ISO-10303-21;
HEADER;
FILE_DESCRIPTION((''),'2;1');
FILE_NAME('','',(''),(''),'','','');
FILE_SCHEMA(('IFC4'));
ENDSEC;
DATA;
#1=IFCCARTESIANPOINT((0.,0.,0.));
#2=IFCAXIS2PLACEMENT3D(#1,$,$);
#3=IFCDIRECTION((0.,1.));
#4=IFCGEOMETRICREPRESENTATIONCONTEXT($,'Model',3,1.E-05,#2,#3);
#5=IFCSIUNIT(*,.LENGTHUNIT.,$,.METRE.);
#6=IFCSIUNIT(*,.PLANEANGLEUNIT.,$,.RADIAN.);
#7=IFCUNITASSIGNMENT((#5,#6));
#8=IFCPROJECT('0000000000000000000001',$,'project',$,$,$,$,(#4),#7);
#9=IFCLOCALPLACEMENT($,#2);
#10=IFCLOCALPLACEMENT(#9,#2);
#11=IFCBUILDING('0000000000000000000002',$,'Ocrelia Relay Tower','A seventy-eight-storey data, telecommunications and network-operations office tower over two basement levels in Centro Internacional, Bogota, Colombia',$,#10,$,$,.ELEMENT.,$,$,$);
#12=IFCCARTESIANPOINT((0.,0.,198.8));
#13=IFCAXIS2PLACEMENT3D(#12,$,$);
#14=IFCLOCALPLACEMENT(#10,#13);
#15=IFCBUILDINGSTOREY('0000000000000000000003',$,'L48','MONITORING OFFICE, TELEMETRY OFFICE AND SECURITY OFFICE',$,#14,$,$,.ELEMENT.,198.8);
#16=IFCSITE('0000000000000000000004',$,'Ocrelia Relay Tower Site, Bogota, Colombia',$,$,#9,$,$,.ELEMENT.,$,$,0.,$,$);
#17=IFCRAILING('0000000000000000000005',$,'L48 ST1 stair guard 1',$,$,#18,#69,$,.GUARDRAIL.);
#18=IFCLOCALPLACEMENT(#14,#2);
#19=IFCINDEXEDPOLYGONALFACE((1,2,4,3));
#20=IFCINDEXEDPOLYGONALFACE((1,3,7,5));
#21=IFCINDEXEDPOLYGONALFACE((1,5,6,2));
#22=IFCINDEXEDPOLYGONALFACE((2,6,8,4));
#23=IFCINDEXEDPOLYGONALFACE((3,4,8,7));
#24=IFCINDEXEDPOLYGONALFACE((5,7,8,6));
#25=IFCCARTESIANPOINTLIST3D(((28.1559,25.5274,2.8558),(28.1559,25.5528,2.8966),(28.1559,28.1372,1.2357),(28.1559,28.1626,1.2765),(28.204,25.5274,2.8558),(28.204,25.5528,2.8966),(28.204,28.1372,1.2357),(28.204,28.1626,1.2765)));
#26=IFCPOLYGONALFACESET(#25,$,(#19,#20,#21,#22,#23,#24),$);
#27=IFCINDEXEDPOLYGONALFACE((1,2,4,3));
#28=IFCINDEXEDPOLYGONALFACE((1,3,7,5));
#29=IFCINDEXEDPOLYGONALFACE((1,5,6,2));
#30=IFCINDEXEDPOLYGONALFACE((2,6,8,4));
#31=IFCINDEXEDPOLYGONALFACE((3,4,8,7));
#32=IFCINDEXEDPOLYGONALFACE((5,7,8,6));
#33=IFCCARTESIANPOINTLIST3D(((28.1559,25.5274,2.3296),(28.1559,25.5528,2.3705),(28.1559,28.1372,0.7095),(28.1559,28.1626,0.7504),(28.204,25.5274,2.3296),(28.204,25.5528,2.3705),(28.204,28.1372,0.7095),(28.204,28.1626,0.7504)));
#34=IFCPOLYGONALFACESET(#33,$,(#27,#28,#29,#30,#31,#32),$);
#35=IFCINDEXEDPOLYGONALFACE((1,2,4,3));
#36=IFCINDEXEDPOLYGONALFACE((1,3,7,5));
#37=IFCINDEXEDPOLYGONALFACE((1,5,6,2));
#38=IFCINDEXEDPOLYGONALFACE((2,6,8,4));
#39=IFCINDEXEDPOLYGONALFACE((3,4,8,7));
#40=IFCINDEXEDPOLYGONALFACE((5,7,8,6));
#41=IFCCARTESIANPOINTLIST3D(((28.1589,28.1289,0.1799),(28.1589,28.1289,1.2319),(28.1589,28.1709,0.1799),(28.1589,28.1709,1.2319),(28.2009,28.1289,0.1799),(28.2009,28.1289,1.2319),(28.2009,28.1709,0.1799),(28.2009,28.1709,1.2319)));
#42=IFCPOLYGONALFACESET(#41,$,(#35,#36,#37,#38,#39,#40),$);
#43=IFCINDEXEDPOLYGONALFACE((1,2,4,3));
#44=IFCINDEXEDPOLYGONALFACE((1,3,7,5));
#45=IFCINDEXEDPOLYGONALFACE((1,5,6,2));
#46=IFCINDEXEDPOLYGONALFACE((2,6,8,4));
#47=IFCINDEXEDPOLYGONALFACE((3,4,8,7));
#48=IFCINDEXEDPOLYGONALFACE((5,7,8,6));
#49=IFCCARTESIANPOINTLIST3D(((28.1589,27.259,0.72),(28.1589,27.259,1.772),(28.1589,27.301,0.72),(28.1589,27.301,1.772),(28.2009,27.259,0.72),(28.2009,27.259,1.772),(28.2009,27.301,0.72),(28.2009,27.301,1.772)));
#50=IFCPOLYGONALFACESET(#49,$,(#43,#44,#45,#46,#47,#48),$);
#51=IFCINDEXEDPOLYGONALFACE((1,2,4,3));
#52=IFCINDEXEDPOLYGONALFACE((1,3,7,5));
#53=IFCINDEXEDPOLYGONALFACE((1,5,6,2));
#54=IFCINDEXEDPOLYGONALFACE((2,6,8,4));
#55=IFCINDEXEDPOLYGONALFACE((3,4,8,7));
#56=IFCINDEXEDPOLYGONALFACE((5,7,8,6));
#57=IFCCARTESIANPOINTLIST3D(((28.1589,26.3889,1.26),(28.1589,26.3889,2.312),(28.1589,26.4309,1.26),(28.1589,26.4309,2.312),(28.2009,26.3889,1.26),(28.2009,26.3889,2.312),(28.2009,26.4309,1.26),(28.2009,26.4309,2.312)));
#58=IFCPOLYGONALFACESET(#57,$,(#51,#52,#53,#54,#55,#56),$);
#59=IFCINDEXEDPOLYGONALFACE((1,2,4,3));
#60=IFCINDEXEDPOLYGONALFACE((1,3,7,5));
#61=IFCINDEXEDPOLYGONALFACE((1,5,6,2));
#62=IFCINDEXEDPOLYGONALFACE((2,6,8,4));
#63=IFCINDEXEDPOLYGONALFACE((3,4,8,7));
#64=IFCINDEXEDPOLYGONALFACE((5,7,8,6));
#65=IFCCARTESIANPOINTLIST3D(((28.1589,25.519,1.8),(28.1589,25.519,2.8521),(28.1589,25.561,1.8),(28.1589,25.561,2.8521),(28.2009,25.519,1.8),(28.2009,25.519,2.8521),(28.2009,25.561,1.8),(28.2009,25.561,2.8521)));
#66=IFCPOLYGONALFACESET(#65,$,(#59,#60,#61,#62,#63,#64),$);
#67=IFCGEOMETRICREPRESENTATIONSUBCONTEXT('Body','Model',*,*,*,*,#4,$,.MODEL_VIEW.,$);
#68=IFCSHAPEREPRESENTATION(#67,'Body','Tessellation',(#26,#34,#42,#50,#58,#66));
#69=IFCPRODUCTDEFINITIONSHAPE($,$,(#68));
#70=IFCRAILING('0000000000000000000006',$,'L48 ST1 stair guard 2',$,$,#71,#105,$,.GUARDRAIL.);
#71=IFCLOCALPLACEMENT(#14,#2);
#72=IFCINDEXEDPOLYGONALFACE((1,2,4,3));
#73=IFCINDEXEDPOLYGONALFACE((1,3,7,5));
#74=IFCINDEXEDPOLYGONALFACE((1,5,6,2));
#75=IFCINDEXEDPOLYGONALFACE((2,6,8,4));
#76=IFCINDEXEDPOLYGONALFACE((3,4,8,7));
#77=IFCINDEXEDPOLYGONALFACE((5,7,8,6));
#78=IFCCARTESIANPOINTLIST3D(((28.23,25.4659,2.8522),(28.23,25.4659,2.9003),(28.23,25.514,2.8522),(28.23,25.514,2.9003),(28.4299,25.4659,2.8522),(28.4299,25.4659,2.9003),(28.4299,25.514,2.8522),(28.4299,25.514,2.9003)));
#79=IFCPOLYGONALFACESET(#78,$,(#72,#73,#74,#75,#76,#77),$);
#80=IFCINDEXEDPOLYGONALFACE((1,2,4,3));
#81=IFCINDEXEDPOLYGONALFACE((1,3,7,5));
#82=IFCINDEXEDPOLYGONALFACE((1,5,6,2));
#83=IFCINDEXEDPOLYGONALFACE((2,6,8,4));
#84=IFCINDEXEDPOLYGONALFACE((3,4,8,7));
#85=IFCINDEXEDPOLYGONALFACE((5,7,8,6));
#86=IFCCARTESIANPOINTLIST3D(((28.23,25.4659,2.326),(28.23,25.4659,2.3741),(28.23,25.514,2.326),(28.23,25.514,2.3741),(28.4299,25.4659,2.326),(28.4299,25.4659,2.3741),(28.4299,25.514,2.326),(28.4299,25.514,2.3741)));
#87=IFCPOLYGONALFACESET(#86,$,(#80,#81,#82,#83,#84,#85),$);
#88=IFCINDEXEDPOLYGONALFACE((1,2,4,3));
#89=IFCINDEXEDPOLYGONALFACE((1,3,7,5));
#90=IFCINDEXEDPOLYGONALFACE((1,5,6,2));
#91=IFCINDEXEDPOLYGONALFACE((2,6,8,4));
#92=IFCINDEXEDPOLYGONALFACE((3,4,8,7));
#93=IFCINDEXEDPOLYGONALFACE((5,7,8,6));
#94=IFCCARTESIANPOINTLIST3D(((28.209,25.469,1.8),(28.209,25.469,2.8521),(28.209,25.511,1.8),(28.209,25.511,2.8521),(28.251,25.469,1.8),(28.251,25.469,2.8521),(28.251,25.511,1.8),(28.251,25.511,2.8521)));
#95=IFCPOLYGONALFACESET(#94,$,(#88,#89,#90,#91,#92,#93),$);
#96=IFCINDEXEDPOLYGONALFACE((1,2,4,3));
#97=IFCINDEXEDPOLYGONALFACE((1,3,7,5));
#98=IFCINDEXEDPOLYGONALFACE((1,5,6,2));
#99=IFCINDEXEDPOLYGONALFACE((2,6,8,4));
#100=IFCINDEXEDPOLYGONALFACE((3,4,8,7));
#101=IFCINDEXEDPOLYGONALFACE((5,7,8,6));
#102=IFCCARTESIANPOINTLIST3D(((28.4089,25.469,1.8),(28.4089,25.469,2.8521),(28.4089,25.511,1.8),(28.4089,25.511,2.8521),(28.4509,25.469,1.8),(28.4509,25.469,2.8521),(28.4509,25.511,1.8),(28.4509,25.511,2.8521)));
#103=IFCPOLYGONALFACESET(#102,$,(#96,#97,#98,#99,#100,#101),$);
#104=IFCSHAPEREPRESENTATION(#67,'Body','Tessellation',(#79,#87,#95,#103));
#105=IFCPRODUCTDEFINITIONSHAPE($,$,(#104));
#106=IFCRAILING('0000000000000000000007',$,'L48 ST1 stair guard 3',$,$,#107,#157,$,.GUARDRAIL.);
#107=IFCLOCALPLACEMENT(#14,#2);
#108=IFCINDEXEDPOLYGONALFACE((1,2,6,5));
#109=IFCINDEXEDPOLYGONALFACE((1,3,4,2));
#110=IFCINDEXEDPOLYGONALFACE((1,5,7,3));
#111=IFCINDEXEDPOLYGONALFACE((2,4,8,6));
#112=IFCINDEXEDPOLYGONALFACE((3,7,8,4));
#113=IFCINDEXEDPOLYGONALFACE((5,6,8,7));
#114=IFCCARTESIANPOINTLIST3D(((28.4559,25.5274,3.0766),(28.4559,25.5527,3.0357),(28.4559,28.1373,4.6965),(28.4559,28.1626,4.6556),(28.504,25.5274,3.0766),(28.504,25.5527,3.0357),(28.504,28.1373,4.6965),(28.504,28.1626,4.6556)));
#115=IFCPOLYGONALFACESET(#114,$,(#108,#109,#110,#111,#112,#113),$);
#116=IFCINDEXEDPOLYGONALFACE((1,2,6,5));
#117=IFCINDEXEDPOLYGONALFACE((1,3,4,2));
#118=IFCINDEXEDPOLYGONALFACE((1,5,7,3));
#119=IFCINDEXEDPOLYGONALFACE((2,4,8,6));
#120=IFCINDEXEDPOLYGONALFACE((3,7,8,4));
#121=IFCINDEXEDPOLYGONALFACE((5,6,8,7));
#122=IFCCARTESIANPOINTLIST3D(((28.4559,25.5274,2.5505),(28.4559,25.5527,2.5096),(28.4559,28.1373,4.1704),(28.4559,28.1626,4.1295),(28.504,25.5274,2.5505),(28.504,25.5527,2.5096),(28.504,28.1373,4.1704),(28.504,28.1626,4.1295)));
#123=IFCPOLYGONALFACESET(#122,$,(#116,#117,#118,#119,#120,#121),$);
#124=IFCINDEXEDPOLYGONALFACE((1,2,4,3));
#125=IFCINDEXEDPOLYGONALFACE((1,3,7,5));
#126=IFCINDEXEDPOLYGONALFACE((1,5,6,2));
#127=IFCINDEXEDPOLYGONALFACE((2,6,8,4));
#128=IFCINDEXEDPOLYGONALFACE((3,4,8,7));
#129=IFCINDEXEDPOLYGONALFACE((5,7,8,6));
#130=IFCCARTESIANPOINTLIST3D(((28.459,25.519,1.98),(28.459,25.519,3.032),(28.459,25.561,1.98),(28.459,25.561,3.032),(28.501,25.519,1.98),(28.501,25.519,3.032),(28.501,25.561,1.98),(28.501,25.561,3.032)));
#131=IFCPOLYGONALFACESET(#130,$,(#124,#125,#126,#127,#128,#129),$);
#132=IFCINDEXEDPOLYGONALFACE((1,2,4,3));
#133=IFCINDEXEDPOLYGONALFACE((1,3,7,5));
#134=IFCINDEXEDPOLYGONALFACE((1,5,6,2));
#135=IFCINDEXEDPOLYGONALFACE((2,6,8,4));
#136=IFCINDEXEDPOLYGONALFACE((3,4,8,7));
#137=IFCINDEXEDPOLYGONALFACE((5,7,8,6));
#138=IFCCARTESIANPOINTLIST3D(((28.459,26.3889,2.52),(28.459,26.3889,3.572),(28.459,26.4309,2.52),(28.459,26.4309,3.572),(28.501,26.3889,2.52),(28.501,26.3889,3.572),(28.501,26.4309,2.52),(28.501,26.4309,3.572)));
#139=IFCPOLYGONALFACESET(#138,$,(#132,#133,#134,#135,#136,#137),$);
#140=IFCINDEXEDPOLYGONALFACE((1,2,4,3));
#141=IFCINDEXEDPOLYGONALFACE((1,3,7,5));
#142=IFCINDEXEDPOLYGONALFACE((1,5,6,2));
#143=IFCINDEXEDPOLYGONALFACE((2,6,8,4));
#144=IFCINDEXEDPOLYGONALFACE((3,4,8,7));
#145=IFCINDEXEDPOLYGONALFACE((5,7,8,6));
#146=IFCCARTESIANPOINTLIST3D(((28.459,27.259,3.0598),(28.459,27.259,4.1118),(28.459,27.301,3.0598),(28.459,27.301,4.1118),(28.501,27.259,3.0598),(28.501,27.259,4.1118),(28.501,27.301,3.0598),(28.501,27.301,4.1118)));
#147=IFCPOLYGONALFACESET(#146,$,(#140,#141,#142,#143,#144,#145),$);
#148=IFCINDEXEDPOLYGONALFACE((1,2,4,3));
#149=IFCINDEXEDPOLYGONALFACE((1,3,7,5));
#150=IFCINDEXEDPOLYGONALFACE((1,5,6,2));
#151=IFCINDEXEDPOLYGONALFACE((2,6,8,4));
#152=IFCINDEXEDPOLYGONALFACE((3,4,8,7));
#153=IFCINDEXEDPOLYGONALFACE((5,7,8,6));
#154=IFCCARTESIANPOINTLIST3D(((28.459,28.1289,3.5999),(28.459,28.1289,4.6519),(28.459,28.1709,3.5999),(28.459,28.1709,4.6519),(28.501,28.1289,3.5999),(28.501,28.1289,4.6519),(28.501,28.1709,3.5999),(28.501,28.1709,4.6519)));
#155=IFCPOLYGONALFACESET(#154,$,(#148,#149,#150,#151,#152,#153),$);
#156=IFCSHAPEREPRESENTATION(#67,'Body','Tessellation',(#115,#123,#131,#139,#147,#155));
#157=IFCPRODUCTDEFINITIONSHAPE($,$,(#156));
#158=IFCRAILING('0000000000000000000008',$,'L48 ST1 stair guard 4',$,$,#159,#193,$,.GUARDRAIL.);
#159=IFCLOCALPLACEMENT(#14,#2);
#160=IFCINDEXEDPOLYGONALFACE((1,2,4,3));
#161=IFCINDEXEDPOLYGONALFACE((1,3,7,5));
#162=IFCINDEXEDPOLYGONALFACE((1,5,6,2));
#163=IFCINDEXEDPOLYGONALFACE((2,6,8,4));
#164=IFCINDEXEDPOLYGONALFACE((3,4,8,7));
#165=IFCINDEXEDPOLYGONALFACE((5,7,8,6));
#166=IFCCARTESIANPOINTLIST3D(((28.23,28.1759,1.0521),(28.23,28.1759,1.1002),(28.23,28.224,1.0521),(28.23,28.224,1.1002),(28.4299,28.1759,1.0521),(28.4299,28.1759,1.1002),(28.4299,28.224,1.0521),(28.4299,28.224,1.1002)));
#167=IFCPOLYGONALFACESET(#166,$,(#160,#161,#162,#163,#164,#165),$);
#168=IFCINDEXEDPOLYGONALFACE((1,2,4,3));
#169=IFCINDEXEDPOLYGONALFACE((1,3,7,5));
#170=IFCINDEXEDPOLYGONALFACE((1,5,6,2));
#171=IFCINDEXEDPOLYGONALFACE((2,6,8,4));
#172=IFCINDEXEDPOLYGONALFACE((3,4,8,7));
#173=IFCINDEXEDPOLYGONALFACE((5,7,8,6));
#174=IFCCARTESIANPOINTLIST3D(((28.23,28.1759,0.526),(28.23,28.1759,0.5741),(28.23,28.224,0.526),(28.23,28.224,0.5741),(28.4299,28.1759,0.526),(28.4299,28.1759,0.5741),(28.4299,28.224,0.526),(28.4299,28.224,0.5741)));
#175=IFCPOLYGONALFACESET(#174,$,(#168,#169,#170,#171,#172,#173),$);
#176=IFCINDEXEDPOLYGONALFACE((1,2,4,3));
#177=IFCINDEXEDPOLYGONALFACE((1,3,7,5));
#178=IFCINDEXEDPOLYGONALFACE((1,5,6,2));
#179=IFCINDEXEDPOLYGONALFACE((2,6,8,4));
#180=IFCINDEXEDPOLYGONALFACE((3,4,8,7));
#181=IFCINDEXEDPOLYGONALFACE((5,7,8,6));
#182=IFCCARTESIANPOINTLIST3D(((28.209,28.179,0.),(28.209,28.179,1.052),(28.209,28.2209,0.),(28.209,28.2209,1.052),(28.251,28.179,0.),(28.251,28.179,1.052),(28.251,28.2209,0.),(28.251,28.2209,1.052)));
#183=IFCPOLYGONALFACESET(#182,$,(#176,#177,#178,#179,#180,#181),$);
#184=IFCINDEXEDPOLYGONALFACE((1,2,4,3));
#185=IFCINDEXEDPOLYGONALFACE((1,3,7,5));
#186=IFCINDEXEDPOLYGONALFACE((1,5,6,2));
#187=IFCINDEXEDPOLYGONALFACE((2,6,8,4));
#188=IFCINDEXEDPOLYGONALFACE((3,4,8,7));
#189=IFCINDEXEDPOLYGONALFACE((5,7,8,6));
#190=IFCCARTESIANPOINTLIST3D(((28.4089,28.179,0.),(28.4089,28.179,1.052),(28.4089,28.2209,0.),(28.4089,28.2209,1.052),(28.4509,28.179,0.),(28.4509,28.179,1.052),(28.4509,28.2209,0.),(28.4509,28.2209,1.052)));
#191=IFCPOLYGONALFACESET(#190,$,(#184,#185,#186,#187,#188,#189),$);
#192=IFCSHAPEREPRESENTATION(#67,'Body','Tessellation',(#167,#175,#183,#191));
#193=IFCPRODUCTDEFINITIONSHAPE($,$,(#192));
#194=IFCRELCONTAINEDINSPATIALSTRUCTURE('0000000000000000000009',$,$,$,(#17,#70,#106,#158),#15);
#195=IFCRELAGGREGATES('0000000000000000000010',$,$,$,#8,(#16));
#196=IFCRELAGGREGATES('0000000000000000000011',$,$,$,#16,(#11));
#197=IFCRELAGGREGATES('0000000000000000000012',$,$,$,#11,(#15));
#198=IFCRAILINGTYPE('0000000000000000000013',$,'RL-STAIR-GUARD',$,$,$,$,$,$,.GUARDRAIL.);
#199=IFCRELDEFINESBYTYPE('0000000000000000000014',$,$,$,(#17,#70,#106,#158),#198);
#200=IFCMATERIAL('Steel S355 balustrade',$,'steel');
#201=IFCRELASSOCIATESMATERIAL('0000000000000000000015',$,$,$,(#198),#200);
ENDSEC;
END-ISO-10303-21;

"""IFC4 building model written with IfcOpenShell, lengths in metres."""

from ifc_helpers import new_model, si_unit, direction, frame, origin, origin_2d, place, context, subcontext, project, spatial, rectangle, extrude, material, type_object, element, save


model = new_model("IFC4")

# Units and contexts
model_context = context("Model", 3, precision=1e-05, world=origin(), true_north=direction((0.0, 1.0)))
body_context = subcontext(model_context, "Body", "Model", "MODEL_VIEW")
ifc_project = project(units=[si_unit("LENGTHUNIT", "METRE"), si_unit("PLANEANGLEUNIT", "RADIAN")], contexts=[model_context])

# Site, building, storey
site_placement = place(None, origin())
site = spatial("IfcSite", under=ifc_project, at=site_placement, Name="Ocrelia Relay Tower Site, Bogota, Colombia", CompositionType="ELEMENT", RefElevation=0.0)
building_placement = place(site_placement, origin())
building = spatial("IfcBuilding", under=site, at=building_placement, Name="Ocrelia Relay Tower", Description="A seventy-eight-storey data, telecommunications and network-operations office tower over two basement levels in Centro Internacional, Bogota, Colombia", CompositionType="ELEMENT")
storey_placement = place(building_placement, frame((0.0, 0.0, 198.8)))
storey = spatial("IfcBuildingStorey", under=building, at=storey_placement, Name="L48", Description="MONITORING OFFICE, TELEMETRY OFFICE AND SECURITY OFFICE", CompositionType="ELEMENT", Elevation=198.8)

# Railings
ifc_material_1 = material(Name="Steel S355 balustrade", Category="steel")
railing_type_1 = type_object("IfcRailingType", Name="RL-STAIR-GUARD", PredefinedType="GUARDRAIL", material=ifc_material_1)
railing_1_placement = place(storey_placement, frame((28.1799, 28.1499, 0.1799)))
element("IfcRailing", 1, at=railing_1_placement, inside=storey, type_object=railing_type_1, Name="L48 ST1 stair guard 1", PredefinedType="GUARDRAIL", context=body_context, shape_type="SweptSolid", body=[
    extrude(rectangle(XDim=0.0481, YDim=0.0481, at=origin_2d()), frame((0.0, 0.0, 1.0762), z_axis=(0.0, -0.849611, 0.52741), x_axis=(1.0, 0.0, 0.0)), (0.0, 0.0, 1.0), 3.0718),
    extrude(rectangle(XDim=0.0481, YDim=0.0481, at=origin_2d()), frame((0.0, 0.0, 0.55), z_axis=(0.0, -0.849611, 0.52741), x_axis=(1.0, 0.0, 0.0)), (0.0, 0.0, 1.0), 3.0718),
    extrude(rectangle(XDim=0.042, YDim=0.042, at=origin_2d()), origin(), (0.0, 0.0, 1.0), 1.052),
    extrude(rectangle(XDim=0.042, YDim=0.042, at=origin_2d()), frame((0.0, -0.8699, 0.54)), (0.0, 0.0, 1.0), 1.052),
    extrude(rectangle(XDim=0.042, YDim=0.042, at=origin_2d()), frame((0.0, -1.74, 1.0801)), (0.0, 0.0, 1.0), 1.052),
    extrude(rectangle(XDim=0.042, YDim=0.042, at=origin_2d()), frame((0.0, -2.6099, 1.6201)), (0.0, 0.0, 1.0), 1.052),
])
railing_2_placement = place(storey_placement, frame((28.23, 25.49, 1.8)))
element("IfcRailing", 2, at=railing_2_placement, inside=storey, type_object=railing_type_1, Name="L48 ST1 stair guard 2", PredefinedType="GUARDRAIL", context=body_context, shape_type="SweptSolid", body=[
    extrude(rectangle(XDim=0.0481, YDim=0.0481, at=origin_2d()), frame((0.0, 0.0, 1.0762), z_axis=(1.0, 0.0, 0.0), x_axis=(0.0, 1.0, 0.0)), (0.0, 0.0, 1.0), 0.2),
    extrude(rectangle(XDim=0.0481, YDim=0.0481, at=origin_2d()), frame((0.0, 0.0, 0.55), z_axis=(1.0, 0.0, 0.0), x_axis=(0.0, 1.0, 0.0)), (0.0, 0.0, 1.0), 0.2),
    extrude(rectangle(XDim=0.042, YDim=0.042, at=origin_2d()), origin(), (0.0, 0.0, 1.0), 1.052),
    extrude(rectangle(XDim=0.042, YDim=0.042, at=origin_2d()), frame((0.2, 0.0, 0.0)), (0.0, 0.0, 1.0), 1.052),
])
railing_3_placement = place(storey_placement, frame((28.48, 25.54, 1.98)))
element("IfcRailing", 3, at=railing_3_placement, inside=storey, type_object=railing_type_1, Name="L48 ST1 stair guard 3", PredefinedType="GUARDRAIL", context=body_context, shape_type="SweptSolid", body=[
    extrude(rectangle(XDim=0.0481, YDim=0.0481, at=origin_2d()), frame((0.0, 0.0, 1.0762), z_axis=(0.0, 0.849646, 0.527353), x_axis=(-1.0, 0.0, 0.0)), (0.0, 0.0, 1.0), 3.0718),
    extrude(rectangle(XDim=0.0481, YDim=0.0481, at=origin_2d()), frame((0.0, 0.0, 0.55), z_axis=(0.0, 0.849646, 0.527353), x_axis=(-1.0, 0.0, 0.0)), (0.0, 0.0, 1.0), 3.0718),
    extrude(rectangle(XDim=0.042, YDim=0.042, at=origin_2d()), origin(), (0.0, 0.0, 1.0), 1.052),
    extrude(rectangle(XDim=0.042, YDim=0.042, at=origin_2d()), frame((0.0, 0.8699, 0.54)), (0.0, 0.0, 1.0), 1.052),
    extrude(rectangle(XDim=0.042, YDim=0.042, at=origin_2d()), frame((0.0, 1.74, 1.0798)), (0.0, 0.0, 1.0), 1.052),
    extrude(rectangle(XDim=0.042, YDim=0.042, at=origin_2d()), frame((0.0, 2.6099, 1.6199)), (0.0, 0.0, 1.0), 1.052),
])
railing_4_placement = place(storey_placement, frame((28.23, 28.2, 0.0)))
element("IfcRailing", 4, at=railing_4_placement, inside=storey, type_object=railing_type_1, Name="L48 ST1 stair guard 4", PredefinedType="GUARDRAIL", context=body_context, shape_type="SweptSolid", body=[
    extrude(rectangle(XDim=0.0481, YDim=0.0481, at=origin_2d()), frame((0.0, 0.0, 1.0762), z_axis=(1.0, 0.0, 0.0), x_axis=(0.0, 1.0, 0.0)), (0.0, 0.0, 1.0), 0.2),
    extrude(rectangle(XDim=0.0481, YDim=0.0481, at=origin_2d()), frame((0.0, 0.0, 0.55), z_axis=(1.0, 0.0, 0.0), x_axis=(0.0, 1.0, 0.0)), (0.0, 0.0, 1.0), 0.2),
    extrude(rectangle(XDim=0.042, YDim=0.042, at=origin_2d()), origin(), (0.0, 0.0, 1.0), 1.052),
    extrude(rectangle(XDim=0.042, YDim=0.042, at=origin_2d()), frame((0.2, 0.0, 0.0)), (0.0, 0.0, 1.0), 1.052),
])

save(model, "model.ifc")
